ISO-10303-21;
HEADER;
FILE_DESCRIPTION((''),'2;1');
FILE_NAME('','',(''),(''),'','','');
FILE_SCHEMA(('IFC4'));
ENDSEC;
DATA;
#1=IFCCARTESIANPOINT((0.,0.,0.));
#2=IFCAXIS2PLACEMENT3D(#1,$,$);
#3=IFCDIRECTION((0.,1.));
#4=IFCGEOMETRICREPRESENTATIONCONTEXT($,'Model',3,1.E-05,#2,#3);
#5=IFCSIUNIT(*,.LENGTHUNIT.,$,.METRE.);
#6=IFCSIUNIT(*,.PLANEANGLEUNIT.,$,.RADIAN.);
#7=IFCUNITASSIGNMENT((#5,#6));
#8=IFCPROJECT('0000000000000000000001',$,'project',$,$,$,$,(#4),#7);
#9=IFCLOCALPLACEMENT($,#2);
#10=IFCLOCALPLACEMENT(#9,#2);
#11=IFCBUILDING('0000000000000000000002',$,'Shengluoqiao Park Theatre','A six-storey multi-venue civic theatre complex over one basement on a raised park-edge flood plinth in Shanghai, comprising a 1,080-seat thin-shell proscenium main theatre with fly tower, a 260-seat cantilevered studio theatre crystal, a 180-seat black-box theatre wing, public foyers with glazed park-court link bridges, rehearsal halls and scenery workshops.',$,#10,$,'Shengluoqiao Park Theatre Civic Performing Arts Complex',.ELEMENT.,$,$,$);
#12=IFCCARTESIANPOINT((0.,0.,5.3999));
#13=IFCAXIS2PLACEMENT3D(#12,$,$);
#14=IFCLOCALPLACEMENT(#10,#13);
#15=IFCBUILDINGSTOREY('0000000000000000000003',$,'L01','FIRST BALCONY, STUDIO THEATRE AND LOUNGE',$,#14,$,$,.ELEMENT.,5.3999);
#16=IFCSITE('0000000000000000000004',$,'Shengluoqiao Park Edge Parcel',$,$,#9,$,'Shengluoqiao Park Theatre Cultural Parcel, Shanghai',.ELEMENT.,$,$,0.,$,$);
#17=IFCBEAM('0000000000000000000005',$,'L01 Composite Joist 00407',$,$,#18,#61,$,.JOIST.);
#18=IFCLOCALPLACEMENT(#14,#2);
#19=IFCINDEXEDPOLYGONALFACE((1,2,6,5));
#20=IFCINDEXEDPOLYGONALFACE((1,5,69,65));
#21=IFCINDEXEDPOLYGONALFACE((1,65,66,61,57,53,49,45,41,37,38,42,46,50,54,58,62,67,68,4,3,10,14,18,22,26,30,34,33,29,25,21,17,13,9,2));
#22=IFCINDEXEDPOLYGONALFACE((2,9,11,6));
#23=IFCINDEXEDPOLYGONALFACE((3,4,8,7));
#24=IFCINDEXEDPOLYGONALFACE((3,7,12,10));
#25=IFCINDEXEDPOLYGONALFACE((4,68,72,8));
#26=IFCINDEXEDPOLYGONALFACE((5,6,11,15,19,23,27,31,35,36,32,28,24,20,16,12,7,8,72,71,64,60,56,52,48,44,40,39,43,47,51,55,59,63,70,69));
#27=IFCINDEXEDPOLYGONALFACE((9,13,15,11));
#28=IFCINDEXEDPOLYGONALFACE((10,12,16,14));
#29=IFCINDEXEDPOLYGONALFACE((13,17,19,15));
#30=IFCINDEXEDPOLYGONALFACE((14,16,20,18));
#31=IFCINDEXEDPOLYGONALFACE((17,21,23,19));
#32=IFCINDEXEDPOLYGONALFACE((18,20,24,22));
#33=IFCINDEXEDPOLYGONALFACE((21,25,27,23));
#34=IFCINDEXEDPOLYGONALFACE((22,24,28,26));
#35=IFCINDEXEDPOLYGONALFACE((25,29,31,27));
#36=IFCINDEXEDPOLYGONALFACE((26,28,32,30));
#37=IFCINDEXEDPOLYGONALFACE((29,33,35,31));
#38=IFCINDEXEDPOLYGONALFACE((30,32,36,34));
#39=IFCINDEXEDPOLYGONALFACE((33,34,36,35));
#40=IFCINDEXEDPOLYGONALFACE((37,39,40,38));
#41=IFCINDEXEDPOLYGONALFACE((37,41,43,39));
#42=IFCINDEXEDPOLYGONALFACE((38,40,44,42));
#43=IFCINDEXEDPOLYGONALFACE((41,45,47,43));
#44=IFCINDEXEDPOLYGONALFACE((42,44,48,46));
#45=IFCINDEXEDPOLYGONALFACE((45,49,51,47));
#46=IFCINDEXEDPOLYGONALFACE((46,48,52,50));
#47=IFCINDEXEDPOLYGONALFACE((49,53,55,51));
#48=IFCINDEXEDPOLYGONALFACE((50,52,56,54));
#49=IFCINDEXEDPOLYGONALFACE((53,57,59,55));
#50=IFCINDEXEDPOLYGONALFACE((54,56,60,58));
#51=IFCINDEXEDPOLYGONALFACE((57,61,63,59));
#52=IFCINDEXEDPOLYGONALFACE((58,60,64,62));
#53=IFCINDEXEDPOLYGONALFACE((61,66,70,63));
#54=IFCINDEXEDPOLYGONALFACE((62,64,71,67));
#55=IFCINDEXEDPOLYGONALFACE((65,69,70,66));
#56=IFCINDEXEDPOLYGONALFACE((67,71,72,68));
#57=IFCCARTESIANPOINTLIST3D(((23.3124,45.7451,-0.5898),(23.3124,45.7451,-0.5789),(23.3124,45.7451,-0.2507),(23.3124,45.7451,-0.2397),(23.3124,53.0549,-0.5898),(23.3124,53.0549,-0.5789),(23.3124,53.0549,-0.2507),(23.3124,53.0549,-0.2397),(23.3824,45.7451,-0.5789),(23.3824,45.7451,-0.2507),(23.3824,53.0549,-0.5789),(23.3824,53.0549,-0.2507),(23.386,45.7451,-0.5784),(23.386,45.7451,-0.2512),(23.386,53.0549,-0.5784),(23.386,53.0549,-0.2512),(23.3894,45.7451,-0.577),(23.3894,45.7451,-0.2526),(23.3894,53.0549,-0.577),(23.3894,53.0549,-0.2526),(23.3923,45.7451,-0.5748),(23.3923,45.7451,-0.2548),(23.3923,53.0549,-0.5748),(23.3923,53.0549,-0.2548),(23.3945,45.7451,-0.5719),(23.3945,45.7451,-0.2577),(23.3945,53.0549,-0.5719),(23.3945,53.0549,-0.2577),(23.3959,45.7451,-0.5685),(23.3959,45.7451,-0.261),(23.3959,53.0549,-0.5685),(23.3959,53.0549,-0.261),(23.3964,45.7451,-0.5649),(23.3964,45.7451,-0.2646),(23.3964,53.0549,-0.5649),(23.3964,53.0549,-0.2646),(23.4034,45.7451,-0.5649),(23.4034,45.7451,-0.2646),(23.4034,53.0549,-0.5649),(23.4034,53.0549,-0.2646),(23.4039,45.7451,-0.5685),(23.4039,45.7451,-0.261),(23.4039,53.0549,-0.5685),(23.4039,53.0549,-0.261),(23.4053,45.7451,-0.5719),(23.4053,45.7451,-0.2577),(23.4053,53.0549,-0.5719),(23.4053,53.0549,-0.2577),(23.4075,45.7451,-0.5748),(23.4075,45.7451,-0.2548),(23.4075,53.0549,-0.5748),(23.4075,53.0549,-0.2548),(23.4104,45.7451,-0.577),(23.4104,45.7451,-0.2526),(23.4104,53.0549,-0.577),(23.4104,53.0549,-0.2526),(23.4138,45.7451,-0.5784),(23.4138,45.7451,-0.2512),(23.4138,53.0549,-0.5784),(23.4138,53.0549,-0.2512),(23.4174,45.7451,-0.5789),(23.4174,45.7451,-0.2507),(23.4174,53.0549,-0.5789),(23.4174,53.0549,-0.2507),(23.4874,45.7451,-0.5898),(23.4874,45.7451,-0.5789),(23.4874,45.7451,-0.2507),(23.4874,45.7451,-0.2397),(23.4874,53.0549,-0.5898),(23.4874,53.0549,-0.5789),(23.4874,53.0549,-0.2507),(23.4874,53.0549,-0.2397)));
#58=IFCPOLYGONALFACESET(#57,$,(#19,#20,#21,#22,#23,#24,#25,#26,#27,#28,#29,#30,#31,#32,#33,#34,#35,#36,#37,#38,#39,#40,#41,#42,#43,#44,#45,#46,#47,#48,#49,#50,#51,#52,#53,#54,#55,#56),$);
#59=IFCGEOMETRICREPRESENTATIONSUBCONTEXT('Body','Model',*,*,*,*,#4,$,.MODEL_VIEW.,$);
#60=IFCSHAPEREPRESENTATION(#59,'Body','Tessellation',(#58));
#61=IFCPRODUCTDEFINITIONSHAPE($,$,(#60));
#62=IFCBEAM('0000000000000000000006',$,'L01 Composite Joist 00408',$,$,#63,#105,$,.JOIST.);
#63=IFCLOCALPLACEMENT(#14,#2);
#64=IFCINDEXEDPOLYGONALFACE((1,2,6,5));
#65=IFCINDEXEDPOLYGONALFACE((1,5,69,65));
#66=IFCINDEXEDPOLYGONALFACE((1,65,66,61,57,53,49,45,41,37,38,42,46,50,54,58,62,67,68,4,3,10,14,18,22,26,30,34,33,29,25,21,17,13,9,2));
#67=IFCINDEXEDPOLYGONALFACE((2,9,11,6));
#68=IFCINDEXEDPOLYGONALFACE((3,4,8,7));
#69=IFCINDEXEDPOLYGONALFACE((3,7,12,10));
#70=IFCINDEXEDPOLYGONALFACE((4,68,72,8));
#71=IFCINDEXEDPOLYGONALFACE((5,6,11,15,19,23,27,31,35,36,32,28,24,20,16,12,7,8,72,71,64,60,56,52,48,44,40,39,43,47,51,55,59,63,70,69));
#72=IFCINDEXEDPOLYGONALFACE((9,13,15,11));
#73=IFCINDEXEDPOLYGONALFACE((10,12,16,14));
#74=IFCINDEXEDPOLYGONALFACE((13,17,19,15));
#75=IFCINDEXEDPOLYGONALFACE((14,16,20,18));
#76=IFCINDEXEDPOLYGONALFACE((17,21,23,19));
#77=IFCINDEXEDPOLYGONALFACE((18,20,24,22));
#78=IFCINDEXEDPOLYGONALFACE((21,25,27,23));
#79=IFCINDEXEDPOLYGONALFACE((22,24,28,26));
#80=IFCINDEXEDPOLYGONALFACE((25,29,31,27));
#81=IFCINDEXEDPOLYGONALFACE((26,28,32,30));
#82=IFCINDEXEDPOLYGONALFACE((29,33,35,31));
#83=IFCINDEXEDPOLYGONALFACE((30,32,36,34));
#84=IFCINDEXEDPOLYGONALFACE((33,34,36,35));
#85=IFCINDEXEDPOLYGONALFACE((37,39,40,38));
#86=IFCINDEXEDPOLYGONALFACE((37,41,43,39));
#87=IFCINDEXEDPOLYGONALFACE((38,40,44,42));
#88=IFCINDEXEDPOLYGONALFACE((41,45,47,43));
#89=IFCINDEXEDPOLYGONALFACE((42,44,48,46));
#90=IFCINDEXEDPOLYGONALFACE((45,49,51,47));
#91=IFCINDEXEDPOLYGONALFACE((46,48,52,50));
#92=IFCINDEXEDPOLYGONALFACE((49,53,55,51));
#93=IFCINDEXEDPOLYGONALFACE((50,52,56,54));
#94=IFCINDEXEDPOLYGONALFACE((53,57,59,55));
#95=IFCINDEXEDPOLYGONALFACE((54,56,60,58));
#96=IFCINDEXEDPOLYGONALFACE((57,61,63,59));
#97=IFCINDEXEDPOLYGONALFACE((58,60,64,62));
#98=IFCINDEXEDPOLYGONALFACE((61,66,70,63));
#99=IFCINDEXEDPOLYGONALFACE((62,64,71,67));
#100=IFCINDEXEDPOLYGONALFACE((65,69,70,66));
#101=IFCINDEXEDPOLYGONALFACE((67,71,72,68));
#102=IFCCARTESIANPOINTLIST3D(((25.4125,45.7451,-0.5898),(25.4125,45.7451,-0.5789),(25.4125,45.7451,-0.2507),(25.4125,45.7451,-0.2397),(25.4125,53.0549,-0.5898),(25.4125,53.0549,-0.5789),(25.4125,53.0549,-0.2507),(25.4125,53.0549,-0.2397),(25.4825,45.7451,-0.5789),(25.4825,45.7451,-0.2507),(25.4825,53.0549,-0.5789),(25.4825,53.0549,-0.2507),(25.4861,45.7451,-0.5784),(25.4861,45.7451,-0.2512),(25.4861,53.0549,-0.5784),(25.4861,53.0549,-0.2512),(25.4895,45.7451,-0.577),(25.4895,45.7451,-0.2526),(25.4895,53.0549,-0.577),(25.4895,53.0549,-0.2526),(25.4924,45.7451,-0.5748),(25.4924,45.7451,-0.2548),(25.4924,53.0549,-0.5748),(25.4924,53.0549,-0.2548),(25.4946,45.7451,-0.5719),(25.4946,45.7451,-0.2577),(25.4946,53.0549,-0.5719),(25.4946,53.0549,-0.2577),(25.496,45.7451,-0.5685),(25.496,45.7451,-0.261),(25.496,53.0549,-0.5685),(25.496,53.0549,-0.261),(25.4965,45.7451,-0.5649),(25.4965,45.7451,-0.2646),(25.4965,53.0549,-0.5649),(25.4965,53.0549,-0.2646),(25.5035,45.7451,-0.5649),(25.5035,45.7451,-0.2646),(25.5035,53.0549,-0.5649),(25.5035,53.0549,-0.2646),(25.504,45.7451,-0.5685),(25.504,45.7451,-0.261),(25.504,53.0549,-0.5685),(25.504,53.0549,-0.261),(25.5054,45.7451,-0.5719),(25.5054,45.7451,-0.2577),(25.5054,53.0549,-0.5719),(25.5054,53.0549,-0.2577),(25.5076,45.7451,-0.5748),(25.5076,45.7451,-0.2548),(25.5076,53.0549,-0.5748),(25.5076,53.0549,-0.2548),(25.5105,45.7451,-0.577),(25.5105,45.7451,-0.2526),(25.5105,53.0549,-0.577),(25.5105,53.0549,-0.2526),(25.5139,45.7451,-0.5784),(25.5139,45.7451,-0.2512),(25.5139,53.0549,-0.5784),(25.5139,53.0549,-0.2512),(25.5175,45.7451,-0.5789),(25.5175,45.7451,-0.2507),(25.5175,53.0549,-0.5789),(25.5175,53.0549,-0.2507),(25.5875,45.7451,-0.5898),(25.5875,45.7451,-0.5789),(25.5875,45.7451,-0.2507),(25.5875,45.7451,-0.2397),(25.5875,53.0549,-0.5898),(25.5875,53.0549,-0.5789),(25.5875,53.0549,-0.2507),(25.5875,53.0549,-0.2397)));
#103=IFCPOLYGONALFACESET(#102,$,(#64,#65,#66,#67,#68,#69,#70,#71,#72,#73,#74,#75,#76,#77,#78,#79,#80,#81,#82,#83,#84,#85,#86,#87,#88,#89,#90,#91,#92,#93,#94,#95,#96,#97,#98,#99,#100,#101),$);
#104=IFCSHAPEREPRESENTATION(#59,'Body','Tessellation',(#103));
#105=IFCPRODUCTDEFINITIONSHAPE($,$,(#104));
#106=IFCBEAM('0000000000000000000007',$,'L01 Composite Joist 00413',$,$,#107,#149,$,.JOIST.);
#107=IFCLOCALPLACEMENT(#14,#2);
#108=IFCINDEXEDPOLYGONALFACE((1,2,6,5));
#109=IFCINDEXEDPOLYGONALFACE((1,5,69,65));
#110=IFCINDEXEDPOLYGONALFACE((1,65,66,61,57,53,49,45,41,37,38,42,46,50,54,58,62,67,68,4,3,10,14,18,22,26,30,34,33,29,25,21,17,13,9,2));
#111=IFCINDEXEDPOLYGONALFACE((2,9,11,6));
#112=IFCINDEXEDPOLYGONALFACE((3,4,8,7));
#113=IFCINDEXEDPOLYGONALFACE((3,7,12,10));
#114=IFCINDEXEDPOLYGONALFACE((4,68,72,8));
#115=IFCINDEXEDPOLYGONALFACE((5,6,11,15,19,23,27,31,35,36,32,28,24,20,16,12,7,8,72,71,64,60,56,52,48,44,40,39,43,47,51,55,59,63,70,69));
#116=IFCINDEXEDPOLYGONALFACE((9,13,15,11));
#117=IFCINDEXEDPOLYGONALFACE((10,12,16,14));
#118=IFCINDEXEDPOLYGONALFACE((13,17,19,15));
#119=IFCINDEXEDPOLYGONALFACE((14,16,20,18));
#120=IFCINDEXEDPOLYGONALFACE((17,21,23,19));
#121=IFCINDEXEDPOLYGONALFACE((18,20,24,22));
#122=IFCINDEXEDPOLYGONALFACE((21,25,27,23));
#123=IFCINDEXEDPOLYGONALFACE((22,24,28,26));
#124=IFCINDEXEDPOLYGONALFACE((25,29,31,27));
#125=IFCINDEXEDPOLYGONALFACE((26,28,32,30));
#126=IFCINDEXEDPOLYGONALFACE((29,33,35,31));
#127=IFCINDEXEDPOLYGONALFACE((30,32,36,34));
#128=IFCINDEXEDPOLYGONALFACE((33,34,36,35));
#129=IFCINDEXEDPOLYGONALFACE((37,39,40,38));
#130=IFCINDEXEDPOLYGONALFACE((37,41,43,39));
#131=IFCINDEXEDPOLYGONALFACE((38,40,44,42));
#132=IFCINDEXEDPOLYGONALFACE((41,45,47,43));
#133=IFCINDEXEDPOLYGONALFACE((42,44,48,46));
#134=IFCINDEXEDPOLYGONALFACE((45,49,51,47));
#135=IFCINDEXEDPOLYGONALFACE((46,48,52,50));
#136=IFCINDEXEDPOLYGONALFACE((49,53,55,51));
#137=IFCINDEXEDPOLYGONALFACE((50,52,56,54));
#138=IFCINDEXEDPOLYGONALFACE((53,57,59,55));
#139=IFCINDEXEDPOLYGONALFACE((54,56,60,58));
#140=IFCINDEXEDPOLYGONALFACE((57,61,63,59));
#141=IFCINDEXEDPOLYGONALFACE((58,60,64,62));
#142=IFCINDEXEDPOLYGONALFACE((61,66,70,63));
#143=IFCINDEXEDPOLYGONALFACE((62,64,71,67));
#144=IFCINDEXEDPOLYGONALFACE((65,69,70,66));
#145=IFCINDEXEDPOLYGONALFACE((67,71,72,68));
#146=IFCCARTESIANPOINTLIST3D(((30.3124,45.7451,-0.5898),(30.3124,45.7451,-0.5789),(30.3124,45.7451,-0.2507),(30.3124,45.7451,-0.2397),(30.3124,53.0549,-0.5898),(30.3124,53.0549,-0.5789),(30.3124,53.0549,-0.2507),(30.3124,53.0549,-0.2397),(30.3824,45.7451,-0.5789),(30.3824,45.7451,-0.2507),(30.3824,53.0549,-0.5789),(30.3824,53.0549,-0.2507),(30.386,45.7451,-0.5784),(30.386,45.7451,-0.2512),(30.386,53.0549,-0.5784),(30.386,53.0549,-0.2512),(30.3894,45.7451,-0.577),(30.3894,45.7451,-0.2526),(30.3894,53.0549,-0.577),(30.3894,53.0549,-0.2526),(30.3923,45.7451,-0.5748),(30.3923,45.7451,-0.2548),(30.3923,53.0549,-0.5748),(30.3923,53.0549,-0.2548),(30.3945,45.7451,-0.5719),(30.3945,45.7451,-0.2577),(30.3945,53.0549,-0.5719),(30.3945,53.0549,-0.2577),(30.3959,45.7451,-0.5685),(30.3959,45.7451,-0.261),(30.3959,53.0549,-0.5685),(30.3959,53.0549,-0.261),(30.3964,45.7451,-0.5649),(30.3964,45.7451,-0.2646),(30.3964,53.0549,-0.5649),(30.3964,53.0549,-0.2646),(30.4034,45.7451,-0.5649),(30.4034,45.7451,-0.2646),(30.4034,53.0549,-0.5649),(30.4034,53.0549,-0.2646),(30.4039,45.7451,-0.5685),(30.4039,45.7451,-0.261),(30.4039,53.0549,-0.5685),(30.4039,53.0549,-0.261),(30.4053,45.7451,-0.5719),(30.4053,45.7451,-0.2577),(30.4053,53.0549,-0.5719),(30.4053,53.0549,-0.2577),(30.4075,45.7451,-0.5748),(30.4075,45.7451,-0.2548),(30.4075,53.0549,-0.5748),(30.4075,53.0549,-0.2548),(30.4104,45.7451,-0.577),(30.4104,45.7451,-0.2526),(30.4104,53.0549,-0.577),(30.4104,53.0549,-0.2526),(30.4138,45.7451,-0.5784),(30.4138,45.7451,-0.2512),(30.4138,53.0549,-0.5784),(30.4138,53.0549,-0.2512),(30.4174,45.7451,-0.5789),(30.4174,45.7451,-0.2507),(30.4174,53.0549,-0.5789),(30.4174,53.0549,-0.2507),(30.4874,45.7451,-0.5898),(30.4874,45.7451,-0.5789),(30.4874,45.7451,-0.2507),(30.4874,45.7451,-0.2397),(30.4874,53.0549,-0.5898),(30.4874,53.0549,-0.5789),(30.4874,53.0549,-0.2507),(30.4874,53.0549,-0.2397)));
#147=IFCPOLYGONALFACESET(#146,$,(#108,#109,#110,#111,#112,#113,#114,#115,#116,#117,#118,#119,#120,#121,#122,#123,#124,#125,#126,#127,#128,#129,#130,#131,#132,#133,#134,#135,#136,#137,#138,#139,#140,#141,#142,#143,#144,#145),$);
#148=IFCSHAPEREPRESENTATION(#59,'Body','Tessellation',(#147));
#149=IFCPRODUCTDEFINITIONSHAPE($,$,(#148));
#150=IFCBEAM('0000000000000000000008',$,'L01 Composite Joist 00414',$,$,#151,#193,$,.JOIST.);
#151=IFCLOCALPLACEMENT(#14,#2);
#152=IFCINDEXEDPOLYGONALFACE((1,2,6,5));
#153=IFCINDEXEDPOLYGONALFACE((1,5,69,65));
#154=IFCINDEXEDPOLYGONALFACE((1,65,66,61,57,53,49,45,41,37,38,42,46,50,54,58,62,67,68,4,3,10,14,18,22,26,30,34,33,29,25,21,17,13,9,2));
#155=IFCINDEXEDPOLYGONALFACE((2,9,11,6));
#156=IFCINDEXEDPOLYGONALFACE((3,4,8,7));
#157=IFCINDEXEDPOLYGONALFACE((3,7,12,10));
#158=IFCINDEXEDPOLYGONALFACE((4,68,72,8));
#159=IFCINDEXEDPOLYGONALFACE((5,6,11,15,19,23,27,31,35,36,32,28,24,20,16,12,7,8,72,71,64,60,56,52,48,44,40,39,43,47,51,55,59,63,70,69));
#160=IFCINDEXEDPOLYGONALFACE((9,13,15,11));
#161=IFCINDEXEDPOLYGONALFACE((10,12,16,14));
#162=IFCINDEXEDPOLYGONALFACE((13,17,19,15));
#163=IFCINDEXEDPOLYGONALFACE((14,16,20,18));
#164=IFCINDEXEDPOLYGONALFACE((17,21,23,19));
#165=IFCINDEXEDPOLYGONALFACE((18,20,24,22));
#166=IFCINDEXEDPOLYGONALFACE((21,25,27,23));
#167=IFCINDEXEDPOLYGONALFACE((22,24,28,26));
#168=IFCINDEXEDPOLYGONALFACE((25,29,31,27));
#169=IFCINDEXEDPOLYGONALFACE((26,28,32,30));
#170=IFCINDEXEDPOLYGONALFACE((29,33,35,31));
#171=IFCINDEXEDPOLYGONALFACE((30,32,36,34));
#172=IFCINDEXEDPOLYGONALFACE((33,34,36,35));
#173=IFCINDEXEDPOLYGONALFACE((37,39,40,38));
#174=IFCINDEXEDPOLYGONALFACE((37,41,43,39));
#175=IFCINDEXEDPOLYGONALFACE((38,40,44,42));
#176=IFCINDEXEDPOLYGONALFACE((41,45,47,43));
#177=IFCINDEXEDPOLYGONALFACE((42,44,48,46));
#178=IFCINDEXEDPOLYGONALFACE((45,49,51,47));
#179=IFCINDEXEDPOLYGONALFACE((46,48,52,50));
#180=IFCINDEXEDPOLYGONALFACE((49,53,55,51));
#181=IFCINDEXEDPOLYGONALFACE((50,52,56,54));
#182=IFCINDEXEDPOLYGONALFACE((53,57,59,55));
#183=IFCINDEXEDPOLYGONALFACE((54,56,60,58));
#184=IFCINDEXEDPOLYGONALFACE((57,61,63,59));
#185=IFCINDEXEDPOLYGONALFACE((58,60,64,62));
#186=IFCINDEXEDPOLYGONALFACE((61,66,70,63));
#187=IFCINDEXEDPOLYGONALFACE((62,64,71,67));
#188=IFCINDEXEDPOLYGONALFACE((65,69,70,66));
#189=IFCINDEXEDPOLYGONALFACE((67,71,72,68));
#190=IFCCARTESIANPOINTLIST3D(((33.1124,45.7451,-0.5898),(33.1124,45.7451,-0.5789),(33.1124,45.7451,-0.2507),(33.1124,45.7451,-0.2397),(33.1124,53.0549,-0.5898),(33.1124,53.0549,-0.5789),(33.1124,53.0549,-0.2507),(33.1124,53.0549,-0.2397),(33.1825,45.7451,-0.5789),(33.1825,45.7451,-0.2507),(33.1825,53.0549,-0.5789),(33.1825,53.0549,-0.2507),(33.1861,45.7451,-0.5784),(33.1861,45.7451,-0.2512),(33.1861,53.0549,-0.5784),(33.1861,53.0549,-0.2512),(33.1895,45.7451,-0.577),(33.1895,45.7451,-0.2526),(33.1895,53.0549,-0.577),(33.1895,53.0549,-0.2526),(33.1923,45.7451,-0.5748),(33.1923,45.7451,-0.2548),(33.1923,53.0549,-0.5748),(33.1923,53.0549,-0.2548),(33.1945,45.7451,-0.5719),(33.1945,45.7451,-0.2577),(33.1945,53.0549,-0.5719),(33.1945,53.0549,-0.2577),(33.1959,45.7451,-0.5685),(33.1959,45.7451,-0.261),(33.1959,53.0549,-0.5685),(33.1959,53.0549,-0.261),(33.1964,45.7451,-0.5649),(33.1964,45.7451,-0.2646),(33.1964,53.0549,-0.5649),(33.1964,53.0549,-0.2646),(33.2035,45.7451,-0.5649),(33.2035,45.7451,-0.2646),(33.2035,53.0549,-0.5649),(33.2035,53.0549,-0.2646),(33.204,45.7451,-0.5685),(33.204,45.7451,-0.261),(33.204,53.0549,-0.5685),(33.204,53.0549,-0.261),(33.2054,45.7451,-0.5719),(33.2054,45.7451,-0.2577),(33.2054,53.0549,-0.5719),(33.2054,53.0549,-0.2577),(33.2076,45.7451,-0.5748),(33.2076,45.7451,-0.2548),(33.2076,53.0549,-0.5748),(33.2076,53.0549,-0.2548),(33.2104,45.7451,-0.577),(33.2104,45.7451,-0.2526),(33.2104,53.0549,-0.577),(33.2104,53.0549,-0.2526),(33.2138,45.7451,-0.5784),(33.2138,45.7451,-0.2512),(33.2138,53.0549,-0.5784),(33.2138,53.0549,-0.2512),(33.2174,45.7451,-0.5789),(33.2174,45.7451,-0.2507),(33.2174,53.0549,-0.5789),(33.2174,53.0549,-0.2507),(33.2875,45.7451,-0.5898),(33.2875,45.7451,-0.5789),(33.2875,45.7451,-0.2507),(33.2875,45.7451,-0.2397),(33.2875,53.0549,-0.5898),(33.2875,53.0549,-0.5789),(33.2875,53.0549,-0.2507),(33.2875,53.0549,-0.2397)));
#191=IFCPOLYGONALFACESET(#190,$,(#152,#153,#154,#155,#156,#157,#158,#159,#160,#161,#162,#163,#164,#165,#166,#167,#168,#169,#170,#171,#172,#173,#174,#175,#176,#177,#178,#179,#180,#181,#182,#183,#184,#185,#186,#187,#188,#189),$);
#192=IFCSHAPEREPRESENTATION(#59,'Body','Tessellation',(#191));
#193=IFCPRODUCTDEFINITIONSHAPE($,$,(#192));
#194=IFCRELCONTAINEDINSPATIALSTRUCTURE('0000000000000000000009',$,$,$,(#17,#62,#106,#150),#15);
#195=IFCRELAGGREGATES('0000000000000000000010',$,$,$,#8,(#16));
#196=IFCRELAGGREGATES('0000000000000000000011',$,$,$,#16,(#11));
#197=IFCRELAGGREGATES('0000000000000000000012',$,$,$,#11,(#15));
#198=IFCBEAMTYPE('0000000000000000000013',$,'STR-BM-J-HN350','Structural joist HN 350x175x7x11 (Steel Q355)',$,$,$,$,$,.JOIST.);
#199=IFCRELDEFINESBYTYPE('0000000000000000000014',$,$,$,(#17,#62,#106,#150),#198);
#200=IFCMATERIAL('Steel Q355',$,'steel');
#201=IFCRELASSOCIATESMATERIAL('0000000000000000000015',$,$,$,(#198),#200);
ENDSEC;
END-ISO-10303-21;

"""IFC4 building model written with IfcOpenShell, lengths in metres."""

from ifc_helpers import new_model, si_unit, direction, frame, origin, origin_2d, place, context, subcontext, project, spatial, i_section, extrude, material, material_profile, profile_set, type_object, element, save


model = new_model("IFC4")

# Units and contexts
model_context = context("Model", 3, precision=1e-05, world=origin(), true_north=direction((0.0, 1.0)))
body_context = subcontext(model_context, "Body", "Model", "MODEL_VIEW")
ifc_project = project(units=[si_unit("LENGTHUNIT", "METRE"), si_unit("PLANEANGLEUNIT", "RADIAN")], contexts=[model_context])

# Site, building, storey
site_placement = place(None, origin())
site = spatial("IfcSite", under=ifc_project, at=site_placement, Name="Shengluoqiao Park Edge Parcel", LongName="Shengluoqiao Park Theatre Cultural Parcel, Shanghai", CompositionType="ELEMENT", RefElevation=0.0)
building_placement = place(site_placement, origin())
building = spatial("IfcBuilding", under=site, at=building_placement, Name="Shengluoqiao Park Theatre", Description="A six-storey multi-venue civic theatre complex over one basement on a raised park-edge flood plinth in Shanghai, comprising a 1,080-seat thin-shell proscenium main theatre with fly tower, a 260-seat cantilevered studio theatre crystal, a 180-seat black-box theatre wing, public foyers with glazed park-court link bridges, rehearsal halls and scenery workshops.", LongName="Shengluoqiao Park Theatre Civic Performing Arts Complex", CompositionType="ELEMENT")
storey_placement = place(building_placement, frame((0.0, 0.0, 5.3999)))
storey = spatial("IfcBuildingStorey", under=building, at=storey_placement, Name="L01", Description="FIRST BALCONY, STUDIO THEATRE AND LOUNGE", CompositionType="ELEMENT", Elevation=5.3999)

# Shared definitions
ifc_material_1 = material(Name="Steel Q355", Category="steel")

# Beams
ifc_material_profile_1 = material_profile(ifc_material_1, i_section(OverallWidth=0.175, OverallDepth=0.3501, WebThickness=0.0071, FlangeThickness=0.011, FilletRadius=0.0139, at=origin_2d()), Name="HN 350x175x7x11")
ifc_profile_set_1 = profile_set([ifc_material_profile_1], Name="Steel Q355")
beam_type_1 = type_object("IfcBeamType", Name="STR-BM-J-HN350", Description="Structural joist HN 350x175x7x11 (Steel Q355)", PredefinedType="JOIST", material=ifc_profile_set_1)
for number, where, z_axis, x_axis, name in (
    (1, (23.3999, 45.7451, -0.4148), (0.0, 1.0, 0.0), (-1.0, 0.0, 0.0), "L01 Composite Joist 00407"),
    (2, (25.5, 45.7451, -0.4148), (0.0, 1.0, 0.0), (-1.0, 0.0, 0.0), "L01 Composite Joist 00408"),
    (3, (30.3999, 45.7451, -0.4148), (0.0, 1.0, 0.0), (-1.0, 0.0, 0.0), "L01 Composite Joist 00413"),
    (4, (33.2, 45.7451, -0.4148), (0.0, 1.0, 0.0), (-1.0, 0.0, 0.0), "L01 Composite Joist 00414"),
):
    element("IfcBeam", number, at=place(storey_placement, frame(where, z_axis=z_axis, x_axis=x_axis)), inside=storey, type_object=beam_type_1, Name=name, PredefinedType="JOIST", context=body_context, shape_type="SweptSolid", body=[
        extrude(i_section(OverallWidth=0.175, OverallDepth=0.3501, WebThickness=0.0071, FlangeThickness=0.011, FilletRadius=0.0139, at=origin_2d()), origin(), (0.0, 0.0, 1.0), 7.3098),
    ])

save(model, "model.ifc")
